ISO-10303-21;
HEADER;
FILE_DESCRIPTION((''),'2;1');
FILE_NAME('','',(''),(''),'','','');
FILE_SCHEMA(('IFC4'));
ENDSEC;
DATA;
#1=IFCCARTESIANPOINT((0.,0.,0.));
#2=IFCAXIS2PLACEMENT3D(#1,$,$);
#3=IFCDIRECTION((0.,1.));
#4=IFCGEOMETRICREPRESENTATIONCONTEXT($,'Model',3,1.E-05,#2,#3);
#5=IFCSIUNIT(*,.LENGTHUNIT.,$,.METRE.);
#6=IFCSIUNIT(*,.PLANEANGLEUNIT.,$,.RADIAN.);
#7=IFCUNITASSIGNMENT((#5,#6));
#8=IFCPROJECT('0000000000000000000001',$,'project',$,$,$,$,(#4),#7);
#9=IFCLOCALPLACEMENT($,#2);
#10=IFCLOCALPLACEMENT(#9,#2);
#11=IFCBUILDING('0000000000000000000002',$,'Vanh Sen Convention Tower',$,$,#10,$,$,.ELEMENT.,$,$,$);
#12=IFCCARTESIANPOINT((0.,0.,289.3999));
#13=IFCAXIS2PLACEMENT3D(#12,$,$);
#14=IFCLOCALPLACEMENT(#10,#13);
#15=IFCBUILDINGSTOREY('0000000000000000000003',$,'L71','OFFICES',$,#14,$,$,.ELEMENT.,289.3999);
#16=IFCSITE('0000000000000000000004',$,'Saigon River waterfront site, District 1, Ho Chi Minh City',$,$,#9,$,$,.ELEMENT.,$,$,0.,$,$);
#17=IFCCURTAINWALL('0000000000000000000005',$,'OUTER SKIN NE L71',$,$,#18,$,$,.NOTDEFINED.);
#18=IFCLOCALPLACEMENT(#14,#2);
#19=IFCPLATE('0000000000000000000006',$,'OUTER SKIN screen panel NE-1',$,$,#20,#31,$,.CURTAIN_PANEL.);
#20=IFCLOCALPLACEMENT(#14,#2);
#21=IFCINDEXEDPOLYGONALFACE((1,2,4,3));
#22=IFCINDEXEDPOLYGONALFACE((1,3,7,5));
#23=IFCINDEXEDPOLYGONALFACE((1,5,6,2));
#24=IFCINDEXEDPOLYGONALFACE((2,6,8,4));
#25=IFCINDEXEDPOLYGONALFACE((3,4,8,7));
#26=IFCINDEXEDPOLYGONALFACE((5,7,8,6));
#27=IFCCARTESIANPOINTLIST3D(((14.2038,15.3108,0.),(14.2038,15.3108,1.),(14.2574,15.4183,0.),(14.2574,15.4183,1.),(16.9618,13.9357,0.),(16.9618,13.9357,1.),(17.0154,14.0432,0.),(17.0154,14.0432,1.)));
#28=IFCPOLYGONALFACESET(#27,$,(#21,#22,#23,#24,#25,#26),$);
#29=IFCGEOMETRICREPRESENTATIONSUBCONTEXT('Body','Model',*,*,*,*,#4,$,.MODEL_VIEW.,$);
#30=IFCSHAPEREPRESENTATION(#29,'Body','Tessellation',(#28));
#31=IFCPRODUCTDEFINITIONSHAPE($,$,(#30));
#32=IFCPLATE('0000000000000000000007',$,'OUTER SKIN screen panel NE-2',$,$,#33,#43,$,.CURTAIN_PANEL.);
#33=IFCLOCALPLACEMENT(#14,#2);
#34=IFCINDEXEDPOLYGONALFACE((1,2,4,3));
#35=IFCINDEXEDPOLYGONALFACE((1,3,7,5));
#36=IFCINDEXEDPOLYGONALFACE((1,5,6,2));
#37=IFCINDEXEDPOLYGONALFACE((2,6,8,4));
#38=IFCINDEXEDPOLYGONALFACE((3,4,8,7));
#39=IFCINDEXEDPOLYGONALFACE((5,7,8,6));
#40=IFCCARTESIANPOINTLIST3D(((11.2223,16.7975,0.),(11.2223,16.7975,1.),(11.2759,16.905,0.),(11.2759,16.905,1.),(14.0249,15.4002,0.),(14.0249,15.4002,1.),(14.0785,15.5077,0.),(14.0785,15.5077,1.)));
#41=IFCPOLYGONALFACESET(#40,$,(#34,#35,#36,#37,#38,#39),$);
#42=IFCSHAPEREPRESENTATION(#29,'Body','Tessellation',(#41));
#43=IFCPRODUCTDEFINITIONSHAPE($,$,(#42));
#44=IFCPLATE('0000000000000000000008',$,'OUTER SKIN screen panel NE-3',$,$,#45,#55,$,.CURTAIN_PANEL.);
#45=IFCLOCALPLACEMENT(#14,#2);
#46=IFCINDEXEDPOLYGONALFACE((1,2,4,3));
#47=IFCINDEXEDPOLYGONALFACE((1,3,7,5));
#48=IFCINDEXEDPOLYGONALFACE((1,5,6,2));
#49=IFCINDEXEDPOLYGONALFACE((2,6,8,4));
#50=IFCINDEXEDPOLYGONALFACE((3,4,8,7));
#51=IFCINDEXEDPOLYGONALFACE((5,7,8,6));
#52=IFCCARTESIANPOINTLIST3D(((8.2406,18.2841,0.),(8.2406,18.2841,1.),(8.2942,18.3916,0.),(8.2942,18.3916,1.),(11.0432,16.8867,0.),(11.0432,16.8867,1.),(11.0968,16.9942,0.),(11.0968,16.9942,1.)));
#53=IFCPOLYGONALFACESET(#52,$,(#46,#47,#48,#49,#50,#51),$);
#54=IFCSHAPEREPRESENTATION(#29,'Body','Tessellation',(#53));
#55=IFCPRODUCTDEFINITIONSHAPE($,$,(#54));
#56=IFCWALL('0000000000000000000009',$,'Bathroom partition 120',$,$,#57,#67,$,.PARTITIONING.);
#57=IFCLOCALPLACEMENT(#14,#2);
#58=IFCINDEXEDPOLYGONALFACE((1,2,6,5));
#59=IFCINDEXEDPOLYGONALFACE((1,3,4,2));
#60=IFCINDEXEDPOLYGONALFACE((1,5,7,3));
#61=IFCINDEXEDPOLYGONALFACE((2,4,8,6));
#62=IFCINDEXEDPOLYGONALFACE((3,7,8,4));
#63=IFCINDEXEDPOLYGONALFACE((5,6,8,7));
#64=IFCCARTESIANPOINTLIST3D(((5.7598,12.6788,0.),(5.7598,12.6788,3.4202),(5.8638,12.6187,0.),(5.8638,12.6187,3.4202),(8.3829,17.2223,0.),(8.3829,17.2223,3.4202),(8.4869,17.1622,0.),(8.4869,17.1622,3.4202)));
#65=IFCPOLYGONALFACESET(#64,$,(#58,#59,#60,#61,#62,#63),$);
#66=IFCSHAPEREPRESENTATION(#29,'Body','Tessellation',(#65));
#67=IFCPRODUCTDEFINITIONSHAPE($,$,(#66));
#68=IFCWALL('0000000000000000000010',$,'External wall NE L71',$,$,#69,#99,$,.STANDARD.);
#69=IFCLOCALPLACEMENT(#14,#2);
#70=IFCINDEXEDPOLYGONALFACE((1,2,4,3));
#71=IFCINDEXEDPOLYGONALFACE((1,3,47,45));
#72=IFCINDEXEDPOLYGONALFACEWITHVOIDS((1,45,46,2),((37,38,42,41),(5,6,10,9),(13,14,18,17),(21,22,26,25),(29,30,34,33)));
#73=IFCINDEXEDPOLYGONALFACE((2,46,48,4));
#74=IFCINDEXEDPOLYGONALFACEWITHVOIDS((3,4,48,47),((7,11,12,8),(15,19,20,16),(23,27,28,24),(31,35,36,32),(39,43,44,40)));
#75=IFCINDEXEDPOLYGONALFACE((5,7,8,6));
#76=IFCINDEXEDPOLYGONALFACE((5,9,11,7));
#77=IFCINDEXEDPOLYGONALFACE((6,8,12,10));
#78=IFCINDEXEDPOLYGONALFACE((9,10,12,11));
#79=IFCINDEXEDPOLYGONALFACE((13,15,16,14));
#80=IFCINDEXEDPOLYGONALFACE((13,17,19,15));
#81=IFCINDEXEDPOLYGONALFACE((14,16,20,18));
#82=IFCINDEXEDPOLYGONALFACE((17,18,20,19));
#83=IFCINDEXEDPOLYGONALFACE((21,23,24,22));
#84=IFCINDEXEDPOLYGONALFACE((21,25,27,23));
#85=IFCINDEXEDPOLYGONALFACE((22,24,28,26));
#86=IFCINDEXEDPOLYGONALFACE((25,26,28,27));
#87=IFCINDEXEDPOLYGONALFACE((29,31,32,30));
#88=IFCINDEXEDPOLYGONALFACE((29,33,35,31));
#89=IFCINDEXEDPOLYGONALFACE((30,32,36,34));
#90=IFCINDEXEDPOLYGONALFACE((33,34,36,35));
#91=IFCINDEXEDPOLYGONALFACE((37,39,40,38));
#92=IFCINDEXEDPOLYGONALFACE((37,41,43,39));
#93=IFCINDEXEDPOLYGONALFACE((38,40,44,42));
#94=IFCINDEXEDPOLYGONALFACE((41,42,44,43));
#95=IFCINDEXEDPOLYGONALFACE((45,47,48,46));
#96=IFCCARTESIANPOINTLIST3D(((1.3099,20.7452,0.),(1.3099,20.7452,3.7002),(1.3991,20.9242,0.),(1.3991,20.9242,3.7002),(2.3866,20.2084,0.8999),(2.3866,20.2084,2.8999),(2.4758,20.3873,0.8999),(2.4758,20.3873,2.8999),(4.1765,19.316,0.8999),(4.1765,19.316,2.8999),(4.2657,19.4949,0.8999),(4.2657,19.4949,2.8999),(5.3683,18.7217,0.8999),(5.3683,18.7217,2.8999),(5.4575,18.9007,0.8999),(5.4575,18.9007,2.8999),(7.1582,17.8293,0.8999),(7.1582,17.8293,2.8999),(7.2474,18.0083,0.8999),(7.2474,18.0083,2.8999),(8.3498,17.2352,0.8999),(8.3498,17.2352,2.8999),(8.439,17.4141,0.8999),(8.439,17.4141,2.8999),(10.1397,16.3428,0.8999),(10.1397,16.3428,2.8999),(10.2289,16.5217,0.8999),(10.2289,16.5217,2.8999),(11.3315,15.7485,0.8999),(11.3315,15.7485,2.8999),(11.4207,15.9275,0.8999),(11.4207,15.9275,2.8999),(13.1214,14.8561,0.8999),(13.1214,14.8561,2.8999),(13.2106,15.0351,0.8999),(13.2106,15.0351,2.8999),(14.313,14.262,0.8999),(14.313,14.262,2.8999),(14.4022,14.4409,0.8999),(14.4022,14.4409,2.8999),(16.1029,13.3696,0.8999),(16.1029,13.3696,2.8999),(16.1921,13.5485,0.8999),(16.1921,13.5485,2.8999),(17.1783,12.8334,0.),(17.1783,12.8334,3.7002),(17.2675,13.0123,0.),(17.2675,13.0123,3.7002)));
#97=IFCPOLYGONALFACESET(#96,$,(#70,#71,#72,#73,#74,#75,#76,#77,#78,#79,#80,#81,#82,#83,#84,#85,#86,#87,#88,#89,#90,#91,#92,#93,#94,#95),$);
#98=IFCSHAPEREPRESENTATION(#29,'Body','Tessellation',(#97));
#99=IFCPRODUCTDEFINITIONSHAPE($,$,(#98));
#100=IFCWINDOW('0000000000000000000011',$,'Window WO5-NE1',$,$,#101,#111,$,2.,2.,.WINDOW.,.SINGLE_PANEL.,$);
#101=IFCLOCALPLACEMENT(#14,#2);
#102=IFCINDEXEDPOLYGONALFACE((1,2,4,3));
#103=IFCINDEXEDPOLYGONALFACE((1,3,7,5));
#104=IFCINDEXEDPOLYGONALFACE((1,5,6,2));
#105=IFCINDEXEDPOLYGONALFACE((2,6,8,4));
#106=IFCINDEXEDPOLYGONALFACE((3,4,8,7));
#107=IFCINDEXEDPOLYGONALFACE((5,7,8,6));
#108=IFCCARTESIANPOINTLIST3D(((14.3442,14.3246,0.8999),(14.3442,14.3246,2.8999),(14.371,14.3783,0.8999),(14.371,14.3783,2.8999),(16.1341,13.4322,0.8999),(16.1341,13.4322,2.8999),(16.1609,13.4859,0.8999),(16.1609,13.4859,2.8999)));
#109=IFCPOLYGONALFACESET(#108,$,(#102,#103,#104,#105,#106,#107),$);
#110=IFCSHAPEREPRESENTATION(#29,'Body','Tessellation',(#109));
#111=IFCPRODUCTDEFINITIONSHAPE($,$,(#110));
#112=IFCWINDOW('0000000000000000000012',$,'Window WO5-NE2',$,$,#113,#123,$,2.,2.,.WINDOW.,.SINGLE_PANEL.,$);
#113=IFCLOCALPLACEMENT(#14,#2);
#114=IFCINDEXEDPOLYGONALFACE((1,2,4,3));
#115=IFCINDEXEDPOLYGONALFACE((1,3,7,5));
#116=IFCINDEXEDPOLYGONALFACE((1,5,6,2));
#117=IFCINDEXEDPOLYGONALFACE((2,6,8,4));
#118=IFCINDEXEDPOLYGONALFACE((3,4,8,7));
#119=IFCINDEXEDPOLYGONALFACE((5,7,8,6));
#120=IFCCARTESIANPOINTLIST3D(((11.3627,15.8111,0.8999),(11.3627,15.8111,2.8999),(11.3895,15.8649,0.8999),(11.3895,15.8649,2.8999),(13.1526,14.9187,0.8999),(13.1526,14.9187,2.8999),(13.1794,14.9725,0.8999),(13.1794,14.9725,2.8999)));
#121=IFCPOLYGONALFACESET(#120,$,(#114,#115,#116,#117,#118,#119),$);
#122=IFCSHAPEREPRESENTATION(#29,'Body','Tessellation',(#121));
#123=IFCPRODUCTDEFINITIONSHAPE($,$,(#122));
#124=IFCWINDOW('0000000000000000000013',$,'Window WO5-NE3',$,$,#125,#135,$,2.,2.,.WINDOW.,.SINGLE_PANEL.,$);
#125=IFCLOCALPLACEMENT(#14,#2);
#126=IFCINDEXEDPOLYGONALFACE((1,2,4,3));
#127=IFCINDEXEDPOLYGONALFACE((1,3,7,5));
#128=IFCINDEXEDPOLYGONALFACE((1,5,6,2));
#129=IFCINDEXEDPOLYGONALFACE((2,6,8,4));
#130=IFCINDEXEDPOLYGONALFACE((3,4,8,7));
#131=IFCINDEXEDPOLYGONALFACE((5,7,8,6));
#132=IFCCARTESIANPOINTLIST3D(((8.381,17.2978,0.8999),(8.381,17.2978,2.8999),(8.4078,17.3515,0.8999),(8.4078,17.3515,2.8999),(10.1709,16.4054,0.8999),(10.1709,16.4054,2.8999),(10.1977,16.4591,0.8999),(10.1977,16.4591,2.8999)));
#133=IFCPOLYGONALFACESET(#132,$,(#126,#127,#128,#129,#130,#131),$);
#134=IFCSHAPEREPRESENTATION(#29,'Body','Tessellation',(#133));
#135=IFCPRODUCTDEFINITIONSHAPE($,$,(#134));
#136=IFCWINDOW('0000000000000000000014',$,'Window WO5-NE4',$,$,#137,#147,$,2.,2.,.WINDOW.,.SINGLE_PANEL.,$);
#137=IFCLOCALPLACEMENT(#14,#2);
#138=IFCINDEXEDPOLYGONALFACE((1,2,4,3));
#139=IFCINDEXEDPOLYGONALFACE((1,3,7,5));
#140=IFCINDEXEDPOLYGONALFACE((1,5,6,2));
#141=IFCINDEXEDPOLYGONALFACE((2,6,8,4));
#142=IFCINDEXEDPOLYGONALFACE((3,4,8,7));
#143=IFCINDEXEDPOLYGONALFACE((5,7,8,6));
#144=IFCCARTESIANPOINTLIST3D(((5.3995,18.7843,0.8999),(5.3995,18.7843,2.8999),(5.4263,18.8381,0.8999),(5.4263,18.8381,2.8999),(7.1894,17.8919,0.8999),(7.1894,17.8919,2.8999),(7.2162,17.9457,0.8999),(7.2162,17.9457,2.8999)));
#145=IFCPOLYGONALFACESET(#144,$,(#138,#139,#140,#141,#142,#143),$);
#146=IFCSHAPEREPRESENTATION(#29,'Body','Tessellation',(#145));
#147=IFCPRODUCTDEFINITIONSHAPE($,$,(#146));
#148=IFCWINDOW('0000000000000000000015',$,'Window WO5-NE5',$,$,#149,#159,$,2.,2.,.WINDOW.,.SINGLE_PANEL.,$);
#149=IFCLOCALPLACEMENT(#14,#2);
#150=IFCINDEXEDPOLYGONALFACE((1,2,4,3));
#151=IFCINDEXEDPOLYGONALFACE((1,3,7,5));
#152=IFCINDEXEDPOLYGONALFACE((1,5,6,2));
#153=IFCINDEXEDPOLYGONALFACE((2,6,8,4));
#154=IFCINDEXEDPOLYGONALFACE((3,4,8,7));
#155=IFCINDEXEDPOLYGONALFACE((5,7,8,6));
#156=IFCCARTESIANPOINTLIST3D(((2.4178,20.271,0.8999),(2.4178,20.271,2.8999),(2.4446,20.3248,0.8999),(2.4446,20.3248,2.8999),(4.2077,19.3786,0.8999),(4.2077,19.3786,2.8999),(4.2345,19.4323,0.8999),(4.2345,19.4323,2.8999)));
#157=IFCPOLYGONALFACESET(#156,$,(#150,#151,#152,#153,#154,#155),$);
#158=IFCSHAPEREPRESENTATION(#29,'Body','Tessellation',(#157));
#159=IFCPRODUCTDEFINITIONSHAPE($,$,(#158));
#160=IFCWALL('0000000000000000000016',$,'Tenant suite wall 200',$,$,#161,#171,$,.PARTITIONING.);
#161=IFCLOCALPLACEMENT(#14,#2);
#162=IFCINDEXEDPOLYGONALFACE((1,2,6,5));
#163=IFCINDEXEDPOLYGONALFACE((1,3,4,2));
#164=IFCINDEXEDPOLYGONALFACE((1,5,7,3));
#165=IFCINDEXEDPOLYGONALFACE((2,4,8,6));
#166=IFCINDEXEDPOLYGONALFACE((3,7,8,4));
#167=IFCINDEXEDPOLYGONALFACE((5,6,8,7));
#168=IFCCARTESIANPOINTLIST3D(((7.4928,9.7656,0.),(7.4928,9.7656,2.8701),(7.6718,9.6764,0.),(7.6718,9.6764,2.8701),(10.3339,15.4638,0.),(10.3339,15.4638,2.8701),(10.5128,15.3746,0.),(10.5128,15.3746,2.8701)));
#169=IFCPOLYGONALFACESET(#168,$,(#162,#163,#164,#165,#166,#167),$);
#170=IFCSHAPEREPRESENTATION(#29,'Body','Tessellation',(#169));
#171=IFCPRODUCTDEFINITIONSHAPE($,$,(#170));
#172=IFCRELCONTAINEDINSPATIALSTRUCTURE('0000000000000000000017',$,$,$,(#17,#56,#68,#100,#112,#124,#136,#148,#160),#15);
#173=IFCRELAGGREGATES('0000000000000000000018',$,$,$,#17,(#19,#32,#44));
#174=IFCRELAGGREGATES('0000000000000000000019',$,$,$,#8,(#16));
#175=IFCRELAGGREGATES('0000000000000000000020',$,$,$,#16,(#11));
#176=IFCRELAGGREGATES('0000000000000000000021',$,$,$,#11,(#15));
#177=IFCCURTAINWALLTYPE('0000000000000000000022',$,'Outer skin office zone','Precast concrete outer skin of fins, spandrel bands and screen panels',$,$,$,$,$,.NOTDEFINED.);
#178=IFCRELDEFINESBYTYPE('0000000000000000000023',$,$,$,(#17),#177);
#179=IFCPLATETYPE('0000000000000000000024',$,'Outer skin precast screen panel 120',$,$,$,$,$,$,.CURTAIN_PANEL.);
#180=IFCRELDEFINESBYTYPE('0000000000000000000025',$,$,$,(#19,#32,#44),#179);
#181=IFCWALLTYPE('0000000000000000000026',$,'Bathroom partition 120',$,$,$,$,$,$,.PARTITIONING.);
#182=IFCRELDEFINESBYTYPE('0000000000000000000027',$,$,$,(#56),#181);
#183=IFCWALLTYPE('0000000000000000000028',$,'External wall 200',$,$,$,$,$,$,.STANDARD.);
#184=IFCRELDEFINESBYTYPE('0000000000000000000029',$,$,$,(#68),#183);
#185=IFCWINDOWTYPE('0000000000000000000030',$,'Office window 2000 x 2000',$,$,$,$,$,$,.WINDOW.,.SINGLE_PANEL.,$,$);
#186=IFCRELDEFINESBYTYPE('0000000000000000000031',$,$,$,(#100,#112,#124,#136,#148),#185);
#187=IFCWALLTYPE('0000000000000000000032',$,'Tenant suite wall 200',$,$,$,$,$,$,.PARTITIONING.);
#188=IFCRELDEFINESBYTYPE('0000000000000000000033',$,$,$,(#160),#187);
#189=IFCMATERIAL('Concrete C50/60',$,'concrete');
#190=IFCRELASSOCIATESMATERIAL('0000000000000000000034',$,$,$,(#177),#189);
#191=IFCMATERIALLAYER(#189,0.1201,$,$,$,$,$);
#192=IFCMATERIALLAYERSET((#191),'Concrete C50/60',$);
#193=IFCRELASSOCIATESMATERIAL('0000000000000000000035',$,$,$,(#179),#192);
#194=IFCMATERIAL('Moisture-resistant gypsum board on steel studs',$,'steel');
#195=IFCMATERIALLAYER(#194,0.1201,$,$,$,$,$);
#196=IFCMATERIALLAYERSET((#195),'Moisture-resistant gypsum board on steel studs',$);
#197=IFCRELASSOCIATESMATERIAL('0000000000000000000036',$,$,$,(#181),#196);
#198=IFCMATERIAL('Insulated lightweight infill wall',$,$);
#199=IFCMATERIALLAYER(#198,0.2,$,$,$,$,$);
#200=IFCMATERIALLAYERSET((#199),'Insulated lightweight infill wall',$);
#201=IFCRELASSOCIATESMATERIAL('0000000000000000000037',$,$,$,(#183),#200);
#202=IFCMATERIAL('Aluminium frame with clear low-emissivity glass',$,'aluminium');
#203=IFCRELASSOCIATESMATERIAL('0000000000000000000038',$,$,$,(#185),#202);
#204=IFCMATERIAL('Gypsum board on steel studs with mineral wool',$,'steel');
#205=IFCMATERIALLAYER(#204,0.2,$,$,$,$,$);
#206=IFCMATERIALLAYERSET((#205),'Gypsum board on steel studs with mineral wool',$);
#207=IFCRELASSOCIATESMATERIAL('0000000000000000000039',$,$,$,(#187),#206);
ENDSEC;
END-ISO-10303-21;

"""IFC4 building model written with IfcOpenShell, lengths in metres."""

from ifc_helpers import new_model, si_unit, direction, frame, frame_2d, origin, origin_2d, place, context, subcontext, project, spatial, rectangle, extrude, material, layer, layer_set, type_object, element, fill, aggregate, save


model = new_model("IFC4")

# Units and contexts
model_context = context("Model", 3, precision=1e-05, world=origin(), true_north=direction((0.0, 1.0)))
body_context = subcontext(model_context, "Body", "Model", "MODEL_VIEW")
ifc_project = project(units=[si_unit("LENGTHUNIT", "METRE"), si_unit("PLANEANGLEUNIT", "RADIAN")], contexts=[model_context])

# Site, building, storey
site_placement = place(None, origin())
site = spatial("IfcSite", under=ifc_project, at=site_placement, Name="Saigon River waterfront site, District 1, Ho Chi Minh City", CompositionType="ELEMENT", RefElevation=0.0)
building_placement = place(site_placement, origin())
building = spatial("IfcBuilding", under=site, at=building_placement, Name="Vanh Sen Convention Tower", CompositionType="ELEMENT")
storey_placement = place(building_placement, frame((0.0, 0.0, 289.3999)))
storey = spatial("IfcBuildingStorey", under=building, at=storey_placement, Name="L71", Description="OFFICES", CompositionType="ELEMENT", Elevation=289.3999)

# Curtain wall
ifc_material_1 = material(Name="Concrete C50/60", Category="concrete")
curtain_wall_type = type_object("IfcCurtainWallType", Name="Outer skin office zone", Description="Precast concrete outer skin of fins, spandrel bands and screen panels", PredefinedType="NOTDEFINED", material=ifc_material_1)
curtain_wall_1_placement = place(storey_placement, origin())
curtain_wall_1 = element("IfcCurtainWall", 1, at=curtain_wall_1_placement, inside=storey, type_object=curtain_wall_type, Name="OUTER SKIN NE L71", PredefinedType="NOTDEFINED")

# Shared definitions
ifc_layer_1 = layer(ifc_material_1, 0.1201)
ifc_layer_set_1 = layer_set([ifc_layer_1], Name="Concrete C50/60")
plate_type = type_object("IfcPlateType", Name="Outer skin precast screen panel 120", PredefinedType="CURTAIN_PANEL", material=ifc_layer_set_1)

# Plates
plate_1_placement = place(storey_placement, frame((15.6096, 14.677, 0.0), z_axis=(0.0, 0.0, 1.0), x_axis=(-0.894931, 0.446204, 0.0)))
plate_1 = element("IfcPlate", 2, at=plate_1_placement, type_object=plate_type, Name="OUTER SKIN screen panel NE-1", PredefinedType="CURTAIN_PANEL", context=body_context, shape_type="SweptSolid", body=[
    extrude(rectangle(XDim=3.0818, YDim=0.1201, at=origin_2d()), origin(), (0.0, 0.0, 1.0), 1.0),
])
plate_2_placement = place(storey_placement, frame((12.6504, 16.1526, 0.0), z_axis=(0.0, 0.0, 1.0), x_axis=(-0.894931, 0.446204, 0.0)))
plate_2 = element("IfcPlate", 3, at=plate_2_placement, type_object=plate_type, Name="OUTER SKIN screen panel NE-2", PredefinedType="CURTAIN_PANEL", context=body_context, shape_type="SweptSolid", body=[
    extrude(rectangle(XDim=3.1316, YDim=0.1201, at=origin_2d()), origin(), (0.0, 0.0, 1.0), 1.0),
])
plate_3_placement = place(storey_placement, frame((9.6687, 17.6392, 0.0), z_axis=(0.0, 0.0, 1.0), x_axis=(-0.894931, 0.446204, 0.0)))
plate_3 = element("IfcPlate", 4, at=plate_3_placement, type_object=plate_type, Name="OUTER SKIN screen panel NE-3", PredefinedType="CURTAIN_PANEL", context=body_context, shape_type="SweptSolid", body=[
    extrude(rectangle(XDim=3.1316, YDim=0.1201, at=origin_2d()), origin(), (0.0, 0.0, 1.0), 1.0),
])
aggregate(curtain_wall_1, [plate_1, plate_2, plate_3])

# Wall
ifc_material_2 = material(Name="Moisture-resistant gypsum board on steel studs", Category="steel")
ifc_layer_2 = layer(ifc_material_2, 0.1201)
ifc_layer_set_2 = layer_set([ifc_layer_2], Name="Moisture-resistant gypsum board on steel studs")
wall_type_1 = type_object("IfcWallType", Name="Bathroom partition 120", PredefinedType="PARTITIONING", material=ifc_layer_set_2)
wall_1_placement = place(storey_placement, frame((8.4348, 17.1921, 0.0), z_axis=(0.0, 0.0, 1.0), x_axis=(-0.499983, -0.866035, 0.0)))
element("IfcWall", 5, at=wall_1_placement, inside=storey, type_object=wall_type_1, Name="Bathroom partition 120", PredefinedType="PARTITIONING", context=body_context, shape_type="SweptSolid", body=[
    extrude(rectangle(XDim=5.2463, YDim=0.1201, at=frame_2d((2.623, 0.0))), origin(), (0.0, 0.0, 1.0), 3.4202),
])

# Wall, openings, windows
ifc_material_3 = material(Name="Insulated lightweight infill wall")
ifc_layer_3 = layer(ifc_material_3, 0.2)
ifc_layer_set_3 = layer_set([ifc_layer_3], Name="Insulated lightweight infill wall")
wall_type_2 = type_object("IfcWallType", Name="External wall 200", PredefinedType="STANDARD", material=ifc_layer_set_3)
wall_2_placement = place(storey_placement, frame((17.2229, 12.9229, 0.0), z_axis=(0.0, 0.0, 1.0), x_axis=(-0.894931, 0.446205, 0.0)))
wall_2 = element("IfcWall", 6, at=wall_2_placement, inside=storey, type_object=wall_type_2, Name="External wall NE L71", PredefinedType="STANDARD", context=body_context, shape_type="SweptSolid", body=[
    extrude(rectangle(XDim=17.7314, YDim=0.2, at=frame_2d((8.8657, 0.0))), origin(), (0.0, 0.0, 1.0), 3.7002),
])
opening_1_placement = place(wall_2_placement, frame((1.2017, 0.0, 0.8999)))
opening_1 = element("IfcOpeningElement", 7, at=opening_1_placement, cuts=wall_2, PredefinedType="OPENING", context=body_context, shape_type="SweptSolid", body=[
    extrude(rectangle(XDim=2.0, YDim=2.0, at=frame_2d((1.0, 1.0))), frame((0.0, 0.1099, 0.0), z_axis=(0.0, -1.0, 0.0), x_axis=(1.0, 0.0, 0.0)), (0.0, 0.0, 1.0), 0.22),
])
opening_2_placement = place(wall_2_placement, frame((4.5332, 0.0, 0.8999)))
opening_2 = element("IfcOpeningElement", 8, at=opening_2_placement, cuts=wall_2, PredefinedType="OPENING", context=body_context, shape_type="SweptSolid", body=[
    extrude(rectangle(XDim=2.0, YDim=2.0, at=frame_2d((1.0, 1.0))), frame((0.0, 0.1099, 0.0), z_axis=(0.0, -1.0, 0.0), x_axis=(1.0, 0.0, 0.0)), (0.0, 0.0, 1.0), 0.22),
])
opening_3_placement = place(wall_2_placement, frame((7.865, 0.0, 0.8999)))
opening_3 = element("IfcOpeningElement", 9, at=opening_3_placement, cuts=wall_2, PredefinedType="OPENING", context=body_context, shape_type="SweptSolid", body=[
    extrude(rectangle(XDim=2.0, YDim=2.0, at=frame_2d((1.0, 1.0))), frame((0.0, 0.1099, 0.0), z_axis=(0.0, -1.0, 0.0), x_axis=(1.0, 0.0, 0.0)), (0.0, 0.0, 1.0), 0.22),
])
opening_4_placement = place(wall_2_placement, frame((11.1965, 0.0, 0.8999)))
opening_4 = element("IfcOpeningElement", 10, at=opening_4_placement, cuts=wall_2, PredefinedType="OPENING", context=body_context, shape_type="SweptSolid", body=[
    extrude(rectangle(XDim=2.0, YDim=2.0, at=frame_2d((1.0, 1.0))), frame((0.0, 0.1099, 0.0), z_axis=(0.0, -1.0, 0.0), x_axis=(1.0, 0.0, 0.0)), (0.0, 0.0, 1.0), 0.22),
])
opening_5_placement = place(wall_2_placement, frame((14.5283, 0.0, 0.8999)))
opening_5 = element("IfcOpeningElement", 11, at=opening_5_placement, cuts=wall_2, PredefinedType="OPENING", context=body_context, shape_type="SweptSolid", body=[
    extrude(rectangle(XDim=2.0, YDim=2.0, at=frame_2d((1.0, 1.0))), frame((0.0, 0.1099, 0.0), z_axis=(0.0, -1.0, 0.0), x_axis=(1.0, 0.0, 0.0)), (0.0, 0.0, 1.0), 0.22),
])
ifc_material_4 = material(Name="Aluminium frame with clear low-emissivity glass", Category="aluminium")
window_type = type_object("IfcWindowType", Name="Office window 2000 x 2000", PartitioningType="SINGLE_PANEL", PredefinedType="WINDOW", material=ifc_material_4)
window_1_placement = place(opening_1_placement, origin())
window_1 = element("IfcWindow", 12, at=window_1_placement, inside=storey, type_object=window_type, Name="Window WO5-NE1", OverallHeight=2.0, OverallWidth=2.0, PartitioningType="SINGLE_PANEL", PredefinedType="WINDOW", context=body_context, shape_type="SweptSolid", body=[
    extrude(rectangle(XDim=2.0, YDim=2.0, at=frame_2d((1.0, 1.0))), frame((0.0, 0.03, 0.0), z_axis=(0.0, -1.0, 0.0), x_axis=(1.0, 0.0, 0.0)), (0.0, 0.0, 1.0), 0.0601),
])
fill(opening_1, window_1)
window_2_placement = place(opening_2_placement, origin())
window_2 = element("IfcWindow", 13, at=window_2_placement, inside=storey, type_object=window_type, Name="Window WO5-NE2", OverallHeight=2.0, OverallWidth=2.0, PartitioningType="SINGLE_PANEL", PredefinedType="WINDOW", context=body_context, shape_type="SweptSolid", body=[
    extrude(rectangle(XDim=2.0, YDim=2.0, at=frame_2d((1.0, 1.0))), frame((0.0, 0.03, 0.0), z_axis=(0.0, -1.0, 0.0), x_axis=(1.0, 0.0, 0.0)), (0.0, 0.0, 1.0), 0.0601),
])
fill(opening_2, window_2)
window_3_placement = place(opening_3_placement, origin())
window_3 = element("IfcWindow", 14, at=window_3_placement, inside=storey, type_object=window_type, Name="Window WO5-NE3", OverallHeight=2.0, OverallWidth=2.0, PartitioningType="SINGLE_PANEL", PredefinedType="WINDOW", context=body_context, shape_type="SweptSolid", body=[
    extrude(rectangle(XDim=2.0, YDim=2.0, at=frame_2d((1.0, 1.0))), frame((0.0, 0.03, 0.0), z_axis=(0.0, -1.0, 0.0), x_axis=(1.0, 0.0, 0.0)), (0.0, 0.0, 1.0), 0.0601),
])
fill(opening_3, window_3)
window_4_placement = place(opening_4_placement, origin())
window_4 = element("IfcWindow", 15, at=window_4_placement, inside=storey, type_object=window_type, Name="Window WO5-NE4", OverallHeight=2.0, OverallWidth=2.0, PartitioningType="SINGLE_PANEL", PredefinedType="WINDOW", context=body_context, shape_type="SweptSolid", body=[
    extrude(rectangle(XDim=2.0, YDim=2.0, at=frame_2d((1.0, 1.0))), frame((0.0, 0.03, 0.0), z_axis=(0.0, -1.0, 0.0), x_axis=(1.0, 0.0, 0.0)), (0.0, 0.0, 1.0), 0.0601),
])
fill(opening_4, window_4)
window_5_placement = place(opening_5_placement, origin())
window_5 = element("IfcWindow", 16, at=window_5_placement, inside=storey, type_object=window_type, Name="Window WO5-NE5", OverallHeight=2.0, OverallWidth=2.0, PartitioningType="SINGLE_PANEL", PredefinedType="WINDOW", context=body_context, shape_type="SweptSolid", body=[
    extrude(rectangle(XDim=2.0, YDim=2.0, at=frame_2d((1.0, 1.0))), frame((0.0, 0.03, 0.0), z_axis=(0.0, -1.0, 0.0), x_axis=(1.0, 0.0, 0.0)), (0.0, 0.0, 1.0), 0.0601),
])
fill(opening_5, window_5)

# Wall
ifc_material_5 = material(Name="Gypsum board on steel studs with mineral wool", Category="steel")
ifc_layer_4 = layer(ifc_material_5, 0.2)
ifc_layer_set_4 = layer_set([ifc_layer_4], Name="Gypsum board on steel studs with mineral wool")
wall_type_3 = type_object("IfcWallType", Name="Tenant suite wall 200", PredefinedType="PARTITIONING", material=ifc_layer_set_4)
wall_3_placement = place(storey_placement, frame((10.4233, 15.4192, 0.0), z_axis=(0.0, 0.0, 1.0), x_axis=(-0.446201, -0.894933, 0.0)))
element("IfcWall", 17, at=wall_3_placement, inside=storey, type_object=wall_type_3, Name="Tenant suite wall 200", PredefinedType="PARTITIONING", context=body_context, shape_type="SweptSolid", body=[
    extrude(rectangle(XDim=6.3672, YDim=0.2, at=frame_2d((3.1836, 0.0))), origin(), (0.0, 0.0, 1.0), 2.8701),
])

save(model, "model.ifc")
